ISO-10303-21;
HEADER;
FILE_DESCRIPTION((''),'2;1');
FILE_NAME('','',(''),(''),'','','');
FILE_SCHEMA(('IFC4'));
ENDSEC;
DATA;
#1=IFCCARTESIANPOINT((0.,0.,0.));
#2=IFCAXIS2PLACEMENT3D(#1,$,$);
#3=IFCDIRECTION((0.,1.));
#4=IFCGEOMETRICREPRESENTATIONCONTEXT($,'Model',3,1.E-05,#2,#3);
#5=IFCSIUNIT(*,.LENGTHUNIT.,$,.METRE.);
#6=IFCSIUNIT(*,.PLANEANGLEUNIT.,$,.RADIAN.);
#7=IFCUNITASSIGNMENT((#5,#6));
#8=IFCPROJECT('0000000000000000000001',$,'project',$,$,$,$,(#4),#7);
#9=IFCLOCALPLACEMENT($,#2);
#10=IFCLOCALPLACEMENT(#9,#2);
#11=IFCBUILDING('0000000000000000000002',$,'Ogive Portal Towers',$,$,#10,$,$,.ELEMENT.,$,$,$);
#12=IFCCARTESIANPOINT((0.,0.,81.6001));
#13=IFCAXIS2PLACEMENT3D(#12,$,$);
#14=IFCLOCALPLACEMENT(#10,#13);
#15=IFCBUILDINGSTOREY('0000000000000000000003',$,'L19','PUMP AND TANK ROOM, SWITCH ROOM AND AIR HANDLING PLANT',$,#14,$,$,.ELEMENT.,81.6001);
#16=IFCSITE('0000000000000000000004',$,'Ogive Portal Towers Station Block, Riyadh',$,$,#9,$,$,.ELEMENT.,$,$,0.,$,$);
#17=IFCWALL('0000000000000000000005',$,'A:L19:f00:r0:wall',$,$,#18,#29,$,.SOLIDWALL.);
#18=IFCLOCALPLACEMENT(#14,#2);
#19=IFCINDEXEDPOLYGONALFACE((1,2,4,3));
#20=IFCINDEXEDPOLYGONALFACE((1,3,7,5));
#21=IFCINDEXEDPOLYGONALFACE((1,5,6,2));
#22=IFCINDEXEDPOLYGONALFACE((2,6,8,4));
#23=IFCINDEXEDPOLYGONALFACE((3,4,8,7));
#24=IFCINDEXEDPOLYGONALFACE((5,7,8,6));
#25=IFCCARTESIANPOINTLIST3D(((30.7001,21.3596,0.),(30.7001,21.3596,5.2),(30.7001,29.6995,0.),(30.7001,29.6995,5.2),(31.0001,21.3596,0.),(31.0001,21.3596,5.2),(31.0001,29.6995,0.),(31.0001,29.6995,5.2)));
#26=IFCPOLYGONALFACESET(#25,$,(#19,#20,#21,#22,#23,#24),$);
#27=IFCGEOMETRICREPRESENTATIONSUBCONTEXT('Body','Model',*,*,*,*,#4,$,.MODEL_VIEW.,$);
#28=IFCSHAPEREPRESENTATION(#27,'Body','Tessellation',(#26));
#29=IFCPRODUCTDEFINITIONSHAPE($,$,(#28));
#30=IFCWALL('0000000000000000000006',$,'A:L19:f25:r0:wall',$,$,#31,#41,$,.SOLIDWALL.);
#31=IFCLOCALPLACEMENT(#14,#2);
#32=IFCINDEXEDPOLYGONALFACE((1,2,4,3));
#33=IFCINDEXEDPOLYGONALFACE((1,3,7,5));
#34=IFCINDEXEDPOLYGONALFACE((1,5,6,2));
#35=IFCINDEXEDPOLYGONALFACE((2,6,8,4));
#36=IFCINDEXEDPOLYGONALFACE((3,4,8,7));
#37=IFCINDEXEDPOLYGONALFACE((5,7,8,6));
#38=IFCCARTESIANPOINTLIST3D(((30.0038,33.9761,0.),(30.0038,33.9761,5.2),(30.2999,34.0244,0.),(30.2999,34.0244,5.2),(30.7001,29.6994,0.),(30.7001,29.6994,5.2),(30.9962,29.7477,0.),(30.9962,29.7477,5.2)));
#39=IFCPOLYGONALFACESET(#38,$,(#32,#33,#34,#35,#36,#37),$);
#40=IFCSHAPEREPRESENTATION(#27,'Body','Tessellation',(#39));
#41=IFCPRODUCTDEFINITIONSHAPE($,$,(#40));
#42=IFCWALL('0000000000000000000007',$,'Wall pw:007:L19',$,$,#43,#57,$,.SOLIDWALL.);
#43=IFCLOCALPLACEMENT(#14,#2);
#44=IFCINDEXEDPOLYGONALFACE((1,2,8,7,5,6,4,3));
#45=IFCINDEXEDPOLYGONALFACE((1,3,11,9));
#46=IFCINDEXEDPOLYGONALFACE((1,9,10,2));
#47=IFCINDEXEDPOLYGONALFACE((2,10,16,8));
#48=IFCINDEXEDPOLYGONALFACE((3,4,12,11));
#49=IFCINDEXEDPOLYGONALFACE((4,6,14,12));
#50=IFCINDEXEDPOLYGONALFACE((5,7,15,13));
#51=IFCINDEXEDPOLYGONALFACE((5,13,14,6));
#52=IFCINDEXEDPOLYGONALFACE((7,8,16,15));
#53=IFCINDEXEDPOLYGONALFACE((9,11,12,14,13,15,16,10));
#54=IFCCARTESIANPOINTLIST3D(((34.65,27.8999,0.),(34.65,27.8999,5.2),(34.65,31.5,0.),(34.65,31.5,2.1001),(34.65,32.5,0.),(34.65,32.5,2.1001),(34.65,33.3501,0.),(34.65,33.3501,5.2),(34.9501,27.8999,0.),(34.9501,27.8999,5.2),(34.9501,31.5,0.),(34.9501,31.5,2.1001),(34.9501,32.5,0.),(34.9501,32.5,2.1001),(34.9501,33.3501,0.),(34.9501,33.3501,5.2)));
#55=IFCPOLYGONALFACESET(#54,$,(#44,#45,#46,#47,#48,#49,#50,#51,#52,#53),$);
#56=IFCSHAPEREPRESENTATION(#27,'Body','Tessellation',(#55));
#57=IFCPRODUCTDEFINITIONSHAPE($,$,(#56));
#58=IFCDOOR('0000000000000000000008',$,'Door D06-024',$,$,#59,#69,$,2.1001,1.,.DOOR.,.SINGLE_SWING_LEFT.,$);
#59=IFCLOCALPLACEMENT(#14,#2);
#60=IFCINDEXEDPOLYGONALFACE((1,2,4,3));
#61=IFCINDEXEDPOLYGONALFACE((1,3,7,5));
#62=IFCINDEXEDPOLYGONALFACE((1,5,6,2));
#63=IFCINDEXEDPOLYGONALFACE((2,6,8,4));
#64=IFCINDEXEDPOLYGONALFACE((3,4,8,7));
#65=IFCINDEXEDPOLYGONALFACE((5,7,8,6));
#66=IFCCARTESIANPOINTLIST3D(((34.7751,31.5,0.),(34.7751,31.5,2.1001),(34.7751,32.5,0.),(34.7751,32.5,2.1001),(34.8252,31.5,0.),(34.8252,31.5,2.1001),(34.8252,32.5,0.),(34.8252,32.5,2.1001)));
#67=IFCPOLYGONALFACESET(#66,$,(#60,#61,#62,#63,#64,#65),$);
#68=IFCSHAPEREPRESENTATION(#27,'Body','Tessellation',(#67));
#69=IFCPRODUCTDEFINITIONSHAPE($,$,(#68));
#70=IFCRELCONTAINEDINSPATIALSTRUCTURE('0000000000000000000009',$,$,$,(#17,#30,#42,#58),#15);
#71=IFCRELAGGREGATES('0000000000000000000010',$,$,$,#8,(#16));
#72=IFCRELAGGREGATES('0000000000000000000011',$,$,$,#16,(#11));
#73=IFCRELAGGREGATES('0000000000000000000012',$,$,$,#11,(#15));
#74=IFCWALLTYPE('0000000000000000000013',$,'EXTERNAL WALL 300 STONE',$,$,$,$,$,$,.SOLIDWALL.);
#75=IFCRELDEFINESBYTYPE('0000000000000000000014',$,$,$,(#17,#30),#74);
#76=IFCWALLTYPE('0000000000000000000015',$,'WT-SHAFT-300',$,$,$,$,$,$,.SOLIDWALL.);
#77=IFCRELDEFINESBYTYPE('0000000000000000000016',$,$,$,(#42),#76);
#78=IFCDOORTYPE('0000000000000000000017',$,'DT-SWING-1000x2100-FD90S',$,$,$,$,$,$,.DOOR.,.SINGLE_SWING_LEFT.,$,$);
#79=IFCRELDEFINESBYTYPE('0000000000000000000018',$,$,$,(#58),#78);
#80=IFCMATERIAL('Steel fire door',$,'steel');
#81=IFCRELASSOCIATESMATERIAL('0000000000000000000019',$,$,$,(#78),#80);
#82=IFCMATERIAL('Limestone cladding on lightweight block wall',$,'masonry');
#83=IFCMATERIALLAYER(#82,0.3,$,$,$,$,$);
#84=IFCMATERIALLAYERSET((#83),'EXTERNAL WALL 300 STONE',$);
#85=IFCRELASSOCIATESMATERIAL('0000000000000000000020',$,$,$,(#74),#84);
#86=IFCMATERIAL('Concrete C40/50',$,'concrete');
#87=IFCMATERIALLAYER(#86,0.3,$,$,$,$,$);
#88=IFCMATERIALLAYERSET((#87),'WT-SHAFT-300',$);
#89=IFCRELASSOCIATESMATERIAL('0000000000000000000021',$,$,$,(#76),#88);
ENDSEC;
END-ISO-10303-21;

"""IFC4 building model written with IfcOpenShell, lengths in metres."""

from ifc_helpers import new_model, si_unit, direction, frame, frame_2d, origin, place, context, subcontext, project, spatial, rectangle, extrude, material, layer, layer_set, type_object, element, fill, save


model = new_model("IFC4")

# Units and contexts
model_context = context("Model", 3, precision=1e-05, world=origin(), true_north=direction((0.0, 1.0)))
body_context = subcontext(model_context, "Body", "Model", "MODEL_VIEW")
ifc_project = project(units=[si_unit("LENGTHUNIT", "METRE"), si_unit("PLANEANGLEUNIT", "RADIAN")], contexts=[model_context])

# Site, building, storey
site_placement = place(None, origin())
site = spatial("IfcSite", under=ifc_project, at=site_placement, Name="Ogive Portal Towers Station Block, Riyadh", CompositionType="ELEMENT", RefElevation=0.0)
building_placement = place(site_placement, origin())
building = spatial("IfcBuilding", under=site, at=building_placement, Name="Ogive Portal Towers", CompositionType="ELEMENT")
storey_placement = place(building_placement, frame((0.0, 0.0, 81.6001)))
storey = spatial("IfcBuildingStorey", under=building, at=storey_placement, Name="L19", Description="PUMP AND TANK ROOM, SWITCH ROOM AND AIR HANDLING PLANT", CompositionType="ELEMENT", Elevation=81.6001)

# Shared definitions
ifc_material_1 = material(Name="Concrete C40/50", Category="concrete")

# Shared definitions
ifc_material_2 = material(Name="Steel fire door", Category="steel")
door_type_1 = type_object("IfcDoorType", Name="DT-SWING-1000x2100-FD90S", OperationType="SINGLE_SWING_LEFT", PredefinedType="DOOR", material=ifc_material_2)

# Walls
ifc_material_3 = material(Name="Limestone cladding on lightweight block wall", Category="masonry")
ifc_layer_1 = layer(ifc_material_3, 0.3)
ifc_layer_set_1 = layer_set([ifc_layer_1], Name="EXTERNAL WALL 300 STONE")
wall_type_1 = type_object("IfcWallType", Name="EXTERNAL WALL 300 STONE", PredefinedType="SOLIDWALL", material=ifc_layer_set_1)
wall_1_placement = place(storey_placement, frame((30.8501, 29.6995, 0.0), z_axis=(0.0, 0.0, 1.0), x_axis=(0.0, -1.0, 0.0)))
element("IfcWall", 1, at=wall_1_placement, inside=storey, type_object=wall_type_1, Name="A:L19:f00:r0:wall", PredefinedType="SOLIDWALL", context=body_context, shape_type="SweptSolid", body=[
    extrude(rectangle(XDim=8.3398, YDim=0.3, at=frame_2d((4.1699, 0.0))), origin(), (0.0, 0.0, 1.0), 5.2),
])
wall_2_placement = place(storey_placement, frame((30.1519, 34.0002, 0.0), z_axis=(0.0, 0.0, 1.0), x_axis=(0.160697, -0.987004, 0.0)))
element("IfcWall", 2, at=wall_2_placement, inside=storey, type_object=wall_type_1, Name="A:L19:f25:r0:wall", PredefinedType="SOLIDWALL", context=body_context, shape_type="SweptSolid", body=[
    extrude(rectangle(XDim=4.333, YDim=0.3, at=frame_2d((2.1665, 0.0))), origin(), (0.0, 0.0, 1.0), 5.2),
])

# Shared definitions
ifc_layer_2 = layer(ifc_material_1, 0.3)
ifc_layer_set_2 = layer_set([ifc_layer_2], Name="WT-SHAFT-300")
wall_type_2 = type_object("IfcWallType", Name="WT-SHAFT-300", PredefinedType="SOLIDWALL", material=ifc_layer_set_2)

# Wall, opening, door
wall_3_placement = place(storey_placement, frame((34.8, 27.8999, 0.0), z_axis=(0.0, 0.0, 1.0), x_axis=(0.0, 1.0, 0.0)))
wall_3 = element("IfcWall", 3, at=wall_3_placement, inside=storey, type_object=wall_type_2, Name="Wall pw:007:L19", PredefinedType="SOLIDWALL", context=body_context, shape_type="SweptSolid", body=[
    extrude(rectangle(XDim=5.4502, YDim=0.3, at=frame_2d((2.7251, 0.0))), origin(), (0.0, 0.0, 1.0), 5.2),
])
opening_1_placement = place(wall_3_placement, frame((3.6001, 0.0, 0.0)))
opening_1 = element("IfcOpeningElement", 4, at=opening_1_placement, cuts=wall_3, PredefinedType="OPENING", context=body_context, shape_type="SweptSolid", body=[
    extrude(rectangle(XDim=1.0, YDim=2.1001, at=frame_2d((0.5, 1.05))), frame((0.0, 0.1602, 0.0), z_axis=(0.0, -1.0, 0.0), x_axis=(1.0, 0.0, 0.0)), (0.0, 0.0, 1.0), 0.3201),
])
door_1_placement = place(opening_1_placement, origin())
door_1 = element("IfcDoor", 5, at=door_1_placement, inside=storey, type_object=door_type_1, Name="Door D06-024", OperationType="SINGLE_SWING_LEFT", OverallHeight=2.1001, OverallWidth=1.0, PredefinedType="DOOR", context=body_context, shape_type="SweptSolid", body=[
    extrude(rectangle(XDim=1.0, YDim=2.1001, at=frame_2d((0.5, 1.05))), frame((0.0, 0.0249, 0.0), z_axis=(0.0, -1.0, 0.0), x_axis=(1.0, 0.0, 0.0)), (0.0, 0.0, 1.0), 0.05),
])
fill(opening_1, door_1)

save(model, "model.ifc")
